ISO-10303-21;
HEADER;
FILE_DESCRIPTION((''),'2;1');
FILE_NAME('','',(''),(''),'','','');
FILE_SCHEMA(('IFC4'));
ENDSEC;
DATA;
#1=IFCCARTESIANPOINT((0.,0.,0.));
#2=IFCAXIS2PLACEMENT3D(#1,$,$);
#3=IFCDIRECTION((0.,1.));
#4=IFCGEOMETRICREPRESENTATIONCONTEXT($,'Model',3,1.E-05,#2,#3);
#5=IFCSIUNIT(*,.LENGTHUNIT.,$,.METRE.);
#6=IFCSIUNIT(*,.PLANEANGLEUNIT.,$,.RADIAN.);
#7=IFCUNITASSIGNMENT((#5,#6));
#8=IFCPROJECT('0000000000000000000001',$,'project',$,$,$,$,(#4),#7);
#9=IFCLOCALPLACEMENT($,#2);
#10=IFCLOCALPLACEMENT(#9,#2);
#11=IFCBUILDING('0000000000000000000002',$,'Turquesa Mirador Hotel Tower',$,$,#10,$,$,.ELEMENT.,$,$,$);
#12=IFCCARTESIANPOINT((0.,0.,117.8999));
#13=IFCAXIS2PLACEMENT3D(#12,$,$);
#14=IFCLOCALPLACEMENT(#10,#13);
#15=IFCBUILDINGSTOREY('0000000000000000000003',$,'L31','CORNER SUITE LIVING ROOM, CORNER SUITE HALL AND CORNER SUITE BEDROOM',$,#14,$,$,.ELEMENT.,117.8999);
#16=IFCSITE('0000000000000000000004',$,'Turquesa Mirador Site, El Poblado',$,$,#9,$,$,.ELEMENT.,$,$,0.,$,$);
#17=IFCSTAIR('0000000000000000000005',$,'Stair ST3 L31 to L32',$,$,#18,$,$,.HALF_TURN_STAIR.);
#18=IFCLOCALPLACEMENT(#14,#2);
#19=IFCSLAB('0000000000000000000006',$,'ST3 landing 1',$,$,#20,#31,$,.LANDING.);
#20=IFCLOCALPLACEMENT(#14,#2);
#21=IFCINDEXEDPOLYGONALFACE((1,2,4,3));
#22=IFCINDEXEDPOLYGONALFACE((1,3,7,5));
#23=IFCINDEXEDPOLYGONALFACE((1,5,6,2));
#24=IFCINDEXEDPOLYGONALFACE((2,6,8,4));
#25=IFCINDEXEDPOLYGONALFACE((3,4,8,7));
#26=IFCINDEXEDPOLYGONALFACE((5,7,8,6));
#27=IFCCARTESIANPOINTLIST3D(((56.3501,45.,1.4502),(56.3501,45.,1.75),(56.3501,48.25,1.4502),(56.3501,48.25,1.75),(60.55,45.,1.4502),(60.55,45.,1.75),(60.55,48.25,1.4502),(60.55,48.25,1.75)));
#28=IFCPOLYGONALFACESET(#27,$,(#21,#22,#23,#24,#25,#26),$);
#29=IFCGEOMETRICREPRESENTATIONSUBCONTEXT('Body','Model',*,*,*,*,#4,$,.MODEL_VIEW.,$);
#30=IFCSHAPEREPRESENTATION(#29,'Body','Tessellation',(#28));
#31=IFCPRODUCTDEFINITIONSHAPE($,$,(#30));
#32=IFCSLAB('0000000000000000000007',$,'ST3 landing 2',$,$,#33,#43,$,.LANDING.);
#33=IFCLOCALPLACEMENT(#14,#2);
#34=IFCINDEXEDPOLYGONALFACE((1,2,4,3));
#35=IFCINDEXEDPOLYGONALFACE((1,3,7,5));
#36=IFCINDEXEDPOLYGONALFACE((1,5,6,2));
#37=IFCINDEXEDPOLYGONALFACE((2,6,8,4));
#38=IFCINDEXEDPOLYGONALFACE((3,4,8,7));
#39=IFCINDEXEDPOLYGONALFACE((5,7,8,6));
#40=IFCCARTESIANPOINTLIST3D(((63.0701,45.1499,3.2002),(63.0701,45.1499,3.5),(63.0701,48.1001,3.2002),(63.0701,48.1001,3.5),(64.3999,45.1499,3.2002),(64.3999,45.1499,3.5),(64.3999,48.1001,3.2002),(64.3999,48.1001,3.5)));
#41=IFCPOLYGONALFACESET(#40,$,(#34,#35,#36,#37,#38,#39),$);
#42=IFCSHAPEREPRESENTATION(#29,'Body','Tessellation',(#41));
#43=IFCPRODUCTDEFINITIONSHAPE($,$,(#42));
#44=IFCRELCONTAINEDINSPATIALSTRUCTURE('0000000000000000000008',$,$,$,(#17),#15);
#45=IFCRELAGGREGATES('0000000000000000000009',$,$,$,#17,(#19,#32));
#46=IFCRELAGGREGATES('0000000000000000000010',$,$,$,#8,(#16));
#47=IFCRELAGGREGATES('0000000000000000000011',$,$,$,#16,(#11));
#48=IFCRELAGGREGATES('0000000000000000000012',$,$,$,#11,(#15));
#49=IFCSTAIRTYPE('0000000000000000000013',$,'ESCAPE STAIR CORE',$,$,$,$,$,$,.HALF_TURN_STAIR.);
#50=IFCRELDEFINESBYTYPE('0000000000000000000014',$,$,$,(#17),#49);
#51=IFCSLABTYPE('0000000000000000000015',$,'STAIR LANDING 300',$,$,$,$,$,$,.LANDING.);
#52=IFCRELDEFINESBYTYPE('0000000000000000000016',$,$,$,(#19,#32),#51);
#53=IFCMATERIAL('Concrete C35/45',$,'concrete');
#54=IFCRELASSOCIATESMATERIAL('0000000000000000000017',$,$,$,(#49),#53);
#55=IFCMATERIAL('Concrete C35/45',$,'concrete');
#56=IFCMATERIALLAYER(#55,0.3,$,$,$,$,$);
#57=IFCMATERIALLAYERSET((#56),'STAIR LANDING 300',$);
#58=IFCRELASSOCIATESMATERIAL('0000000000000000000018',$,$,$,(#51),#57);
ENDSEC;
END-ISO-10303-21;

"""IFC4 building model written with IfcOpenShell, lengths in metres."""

from ifc_helpers import new_model, si_unit, direction, frame, origin, place, context, subcontext, project, spatial, polyline, outline, extrude, material, layer, layer_set, type_object, element, aggregate, save


model = new_model("IFC4")

# Units and contexts
model_context = context("Model", 3, precision=1e-05, world=origin(), true_north=direction((0.0, 1.0)))
body_context = subcontext(model_context, "Body", "Model", "MODEL_VIEW")
ifc_project = project(units=[si_unit("LENGTHUNIT", "METRE"), si_unit("PLANEANGLEUNIT", "RADIAN")], contexts=[model_context])

# Site, building, storey
site_placement = place(None, origin())
site = spatial("IfcSite", under=ifc_project, at=site_placement, Name="Turquesa Mirador Site, El Poblado", CompositionType="ELEMENT", RefElevation=0.0)
building_placement = place(site_placement, origin())
building = spatial("IfcBuilding", under=site, at=building_placement, Name="Turquesa Mirador Hotel Tower", CompositionType="ELEMENT")
storey_placement = place(building_placement, frame((0.0, 0.0, 117.8999)))
storey = spatial("IfcBuildingStorey", under=building, at=storey_placement, Name="L31", Description="CORNER SUITE LIVING ROOM, CORNER SUITE HALL AND CORNER SUITE BEDROOM", CompositionType="ELEMENT", Elevation=117.8999)

# Stair, slabs
ifc_material_1 = material(Name="Concrete C35/45", Category="concrete")
stair_type = type_object("IfcStairType", Name="ESCAPE STAIR CORE", PredefinedType="HALF_TURN_STAIR", material=ifc_material_1)
ifc_material_2 = material(Name="Concrete C35/45", Category="concrete")
ifc_layer_1 = layer(ifc_material_2, 0.3)
ifc_layer_set_1 = layer_set([ifc_layer_1], Name="STAIR LANDING 300")
slab_type_1 = type_object("IfcSlabType", Name="STAIR LANDING 300", PredefinedType="LANDING", material=ifc_layer_set_1)
stair_1_placement = place(storey_placement, origin())
stair_1 = element("IfcStair", 1, at=stair_1_placement, inside=storey, type_object=stair_type, Name="Stair ST3 L31 to L32", PredefinedType="HALF_TURN_STAIR")
slab_1_placement = place(storey_placement, frame((0.0, 0.0, 1.4502)))
slab_1 = element("IfcSlab", 2, at=slab_1_placement, type_object=slab_type_1, Name="ST3 landing 1", PredefinedType="LANDING", context=body_context, shape_type="SweptSolid", body=[
    extrude(outline(polyline([(56.3501, 45.0), (60.55, 45.0), (60.55, 48.25), (56.3501, 48.25), (56.3501, 45.0)])), origin(), (0.0, 0.0, 1.0), 0.2998),
])
slab_2_placement = place(storey_placement, frame((0.0, 0.0, 3.2002)))
slab_2 = element("IfcSlab", 3, at=slab_2_placement, type_object=slab_type_1, Name="ST3 landing 2", PredefinedType="LANDING", context=body_context, shape_type="SweptSolid", body=[
    extrude(outline(polyline([(63.0701, 45.1499), (64.3999, 45.1499), (64.3999, 48.1001), (63.0701, 48.1001), (63.0701, 45.1499)])), origin(), (0.0, 0.0, 1.0), 0.2998),
])
aggregate(stair_1, [slab_1, slab_2])

save(model, "model.ifc")
